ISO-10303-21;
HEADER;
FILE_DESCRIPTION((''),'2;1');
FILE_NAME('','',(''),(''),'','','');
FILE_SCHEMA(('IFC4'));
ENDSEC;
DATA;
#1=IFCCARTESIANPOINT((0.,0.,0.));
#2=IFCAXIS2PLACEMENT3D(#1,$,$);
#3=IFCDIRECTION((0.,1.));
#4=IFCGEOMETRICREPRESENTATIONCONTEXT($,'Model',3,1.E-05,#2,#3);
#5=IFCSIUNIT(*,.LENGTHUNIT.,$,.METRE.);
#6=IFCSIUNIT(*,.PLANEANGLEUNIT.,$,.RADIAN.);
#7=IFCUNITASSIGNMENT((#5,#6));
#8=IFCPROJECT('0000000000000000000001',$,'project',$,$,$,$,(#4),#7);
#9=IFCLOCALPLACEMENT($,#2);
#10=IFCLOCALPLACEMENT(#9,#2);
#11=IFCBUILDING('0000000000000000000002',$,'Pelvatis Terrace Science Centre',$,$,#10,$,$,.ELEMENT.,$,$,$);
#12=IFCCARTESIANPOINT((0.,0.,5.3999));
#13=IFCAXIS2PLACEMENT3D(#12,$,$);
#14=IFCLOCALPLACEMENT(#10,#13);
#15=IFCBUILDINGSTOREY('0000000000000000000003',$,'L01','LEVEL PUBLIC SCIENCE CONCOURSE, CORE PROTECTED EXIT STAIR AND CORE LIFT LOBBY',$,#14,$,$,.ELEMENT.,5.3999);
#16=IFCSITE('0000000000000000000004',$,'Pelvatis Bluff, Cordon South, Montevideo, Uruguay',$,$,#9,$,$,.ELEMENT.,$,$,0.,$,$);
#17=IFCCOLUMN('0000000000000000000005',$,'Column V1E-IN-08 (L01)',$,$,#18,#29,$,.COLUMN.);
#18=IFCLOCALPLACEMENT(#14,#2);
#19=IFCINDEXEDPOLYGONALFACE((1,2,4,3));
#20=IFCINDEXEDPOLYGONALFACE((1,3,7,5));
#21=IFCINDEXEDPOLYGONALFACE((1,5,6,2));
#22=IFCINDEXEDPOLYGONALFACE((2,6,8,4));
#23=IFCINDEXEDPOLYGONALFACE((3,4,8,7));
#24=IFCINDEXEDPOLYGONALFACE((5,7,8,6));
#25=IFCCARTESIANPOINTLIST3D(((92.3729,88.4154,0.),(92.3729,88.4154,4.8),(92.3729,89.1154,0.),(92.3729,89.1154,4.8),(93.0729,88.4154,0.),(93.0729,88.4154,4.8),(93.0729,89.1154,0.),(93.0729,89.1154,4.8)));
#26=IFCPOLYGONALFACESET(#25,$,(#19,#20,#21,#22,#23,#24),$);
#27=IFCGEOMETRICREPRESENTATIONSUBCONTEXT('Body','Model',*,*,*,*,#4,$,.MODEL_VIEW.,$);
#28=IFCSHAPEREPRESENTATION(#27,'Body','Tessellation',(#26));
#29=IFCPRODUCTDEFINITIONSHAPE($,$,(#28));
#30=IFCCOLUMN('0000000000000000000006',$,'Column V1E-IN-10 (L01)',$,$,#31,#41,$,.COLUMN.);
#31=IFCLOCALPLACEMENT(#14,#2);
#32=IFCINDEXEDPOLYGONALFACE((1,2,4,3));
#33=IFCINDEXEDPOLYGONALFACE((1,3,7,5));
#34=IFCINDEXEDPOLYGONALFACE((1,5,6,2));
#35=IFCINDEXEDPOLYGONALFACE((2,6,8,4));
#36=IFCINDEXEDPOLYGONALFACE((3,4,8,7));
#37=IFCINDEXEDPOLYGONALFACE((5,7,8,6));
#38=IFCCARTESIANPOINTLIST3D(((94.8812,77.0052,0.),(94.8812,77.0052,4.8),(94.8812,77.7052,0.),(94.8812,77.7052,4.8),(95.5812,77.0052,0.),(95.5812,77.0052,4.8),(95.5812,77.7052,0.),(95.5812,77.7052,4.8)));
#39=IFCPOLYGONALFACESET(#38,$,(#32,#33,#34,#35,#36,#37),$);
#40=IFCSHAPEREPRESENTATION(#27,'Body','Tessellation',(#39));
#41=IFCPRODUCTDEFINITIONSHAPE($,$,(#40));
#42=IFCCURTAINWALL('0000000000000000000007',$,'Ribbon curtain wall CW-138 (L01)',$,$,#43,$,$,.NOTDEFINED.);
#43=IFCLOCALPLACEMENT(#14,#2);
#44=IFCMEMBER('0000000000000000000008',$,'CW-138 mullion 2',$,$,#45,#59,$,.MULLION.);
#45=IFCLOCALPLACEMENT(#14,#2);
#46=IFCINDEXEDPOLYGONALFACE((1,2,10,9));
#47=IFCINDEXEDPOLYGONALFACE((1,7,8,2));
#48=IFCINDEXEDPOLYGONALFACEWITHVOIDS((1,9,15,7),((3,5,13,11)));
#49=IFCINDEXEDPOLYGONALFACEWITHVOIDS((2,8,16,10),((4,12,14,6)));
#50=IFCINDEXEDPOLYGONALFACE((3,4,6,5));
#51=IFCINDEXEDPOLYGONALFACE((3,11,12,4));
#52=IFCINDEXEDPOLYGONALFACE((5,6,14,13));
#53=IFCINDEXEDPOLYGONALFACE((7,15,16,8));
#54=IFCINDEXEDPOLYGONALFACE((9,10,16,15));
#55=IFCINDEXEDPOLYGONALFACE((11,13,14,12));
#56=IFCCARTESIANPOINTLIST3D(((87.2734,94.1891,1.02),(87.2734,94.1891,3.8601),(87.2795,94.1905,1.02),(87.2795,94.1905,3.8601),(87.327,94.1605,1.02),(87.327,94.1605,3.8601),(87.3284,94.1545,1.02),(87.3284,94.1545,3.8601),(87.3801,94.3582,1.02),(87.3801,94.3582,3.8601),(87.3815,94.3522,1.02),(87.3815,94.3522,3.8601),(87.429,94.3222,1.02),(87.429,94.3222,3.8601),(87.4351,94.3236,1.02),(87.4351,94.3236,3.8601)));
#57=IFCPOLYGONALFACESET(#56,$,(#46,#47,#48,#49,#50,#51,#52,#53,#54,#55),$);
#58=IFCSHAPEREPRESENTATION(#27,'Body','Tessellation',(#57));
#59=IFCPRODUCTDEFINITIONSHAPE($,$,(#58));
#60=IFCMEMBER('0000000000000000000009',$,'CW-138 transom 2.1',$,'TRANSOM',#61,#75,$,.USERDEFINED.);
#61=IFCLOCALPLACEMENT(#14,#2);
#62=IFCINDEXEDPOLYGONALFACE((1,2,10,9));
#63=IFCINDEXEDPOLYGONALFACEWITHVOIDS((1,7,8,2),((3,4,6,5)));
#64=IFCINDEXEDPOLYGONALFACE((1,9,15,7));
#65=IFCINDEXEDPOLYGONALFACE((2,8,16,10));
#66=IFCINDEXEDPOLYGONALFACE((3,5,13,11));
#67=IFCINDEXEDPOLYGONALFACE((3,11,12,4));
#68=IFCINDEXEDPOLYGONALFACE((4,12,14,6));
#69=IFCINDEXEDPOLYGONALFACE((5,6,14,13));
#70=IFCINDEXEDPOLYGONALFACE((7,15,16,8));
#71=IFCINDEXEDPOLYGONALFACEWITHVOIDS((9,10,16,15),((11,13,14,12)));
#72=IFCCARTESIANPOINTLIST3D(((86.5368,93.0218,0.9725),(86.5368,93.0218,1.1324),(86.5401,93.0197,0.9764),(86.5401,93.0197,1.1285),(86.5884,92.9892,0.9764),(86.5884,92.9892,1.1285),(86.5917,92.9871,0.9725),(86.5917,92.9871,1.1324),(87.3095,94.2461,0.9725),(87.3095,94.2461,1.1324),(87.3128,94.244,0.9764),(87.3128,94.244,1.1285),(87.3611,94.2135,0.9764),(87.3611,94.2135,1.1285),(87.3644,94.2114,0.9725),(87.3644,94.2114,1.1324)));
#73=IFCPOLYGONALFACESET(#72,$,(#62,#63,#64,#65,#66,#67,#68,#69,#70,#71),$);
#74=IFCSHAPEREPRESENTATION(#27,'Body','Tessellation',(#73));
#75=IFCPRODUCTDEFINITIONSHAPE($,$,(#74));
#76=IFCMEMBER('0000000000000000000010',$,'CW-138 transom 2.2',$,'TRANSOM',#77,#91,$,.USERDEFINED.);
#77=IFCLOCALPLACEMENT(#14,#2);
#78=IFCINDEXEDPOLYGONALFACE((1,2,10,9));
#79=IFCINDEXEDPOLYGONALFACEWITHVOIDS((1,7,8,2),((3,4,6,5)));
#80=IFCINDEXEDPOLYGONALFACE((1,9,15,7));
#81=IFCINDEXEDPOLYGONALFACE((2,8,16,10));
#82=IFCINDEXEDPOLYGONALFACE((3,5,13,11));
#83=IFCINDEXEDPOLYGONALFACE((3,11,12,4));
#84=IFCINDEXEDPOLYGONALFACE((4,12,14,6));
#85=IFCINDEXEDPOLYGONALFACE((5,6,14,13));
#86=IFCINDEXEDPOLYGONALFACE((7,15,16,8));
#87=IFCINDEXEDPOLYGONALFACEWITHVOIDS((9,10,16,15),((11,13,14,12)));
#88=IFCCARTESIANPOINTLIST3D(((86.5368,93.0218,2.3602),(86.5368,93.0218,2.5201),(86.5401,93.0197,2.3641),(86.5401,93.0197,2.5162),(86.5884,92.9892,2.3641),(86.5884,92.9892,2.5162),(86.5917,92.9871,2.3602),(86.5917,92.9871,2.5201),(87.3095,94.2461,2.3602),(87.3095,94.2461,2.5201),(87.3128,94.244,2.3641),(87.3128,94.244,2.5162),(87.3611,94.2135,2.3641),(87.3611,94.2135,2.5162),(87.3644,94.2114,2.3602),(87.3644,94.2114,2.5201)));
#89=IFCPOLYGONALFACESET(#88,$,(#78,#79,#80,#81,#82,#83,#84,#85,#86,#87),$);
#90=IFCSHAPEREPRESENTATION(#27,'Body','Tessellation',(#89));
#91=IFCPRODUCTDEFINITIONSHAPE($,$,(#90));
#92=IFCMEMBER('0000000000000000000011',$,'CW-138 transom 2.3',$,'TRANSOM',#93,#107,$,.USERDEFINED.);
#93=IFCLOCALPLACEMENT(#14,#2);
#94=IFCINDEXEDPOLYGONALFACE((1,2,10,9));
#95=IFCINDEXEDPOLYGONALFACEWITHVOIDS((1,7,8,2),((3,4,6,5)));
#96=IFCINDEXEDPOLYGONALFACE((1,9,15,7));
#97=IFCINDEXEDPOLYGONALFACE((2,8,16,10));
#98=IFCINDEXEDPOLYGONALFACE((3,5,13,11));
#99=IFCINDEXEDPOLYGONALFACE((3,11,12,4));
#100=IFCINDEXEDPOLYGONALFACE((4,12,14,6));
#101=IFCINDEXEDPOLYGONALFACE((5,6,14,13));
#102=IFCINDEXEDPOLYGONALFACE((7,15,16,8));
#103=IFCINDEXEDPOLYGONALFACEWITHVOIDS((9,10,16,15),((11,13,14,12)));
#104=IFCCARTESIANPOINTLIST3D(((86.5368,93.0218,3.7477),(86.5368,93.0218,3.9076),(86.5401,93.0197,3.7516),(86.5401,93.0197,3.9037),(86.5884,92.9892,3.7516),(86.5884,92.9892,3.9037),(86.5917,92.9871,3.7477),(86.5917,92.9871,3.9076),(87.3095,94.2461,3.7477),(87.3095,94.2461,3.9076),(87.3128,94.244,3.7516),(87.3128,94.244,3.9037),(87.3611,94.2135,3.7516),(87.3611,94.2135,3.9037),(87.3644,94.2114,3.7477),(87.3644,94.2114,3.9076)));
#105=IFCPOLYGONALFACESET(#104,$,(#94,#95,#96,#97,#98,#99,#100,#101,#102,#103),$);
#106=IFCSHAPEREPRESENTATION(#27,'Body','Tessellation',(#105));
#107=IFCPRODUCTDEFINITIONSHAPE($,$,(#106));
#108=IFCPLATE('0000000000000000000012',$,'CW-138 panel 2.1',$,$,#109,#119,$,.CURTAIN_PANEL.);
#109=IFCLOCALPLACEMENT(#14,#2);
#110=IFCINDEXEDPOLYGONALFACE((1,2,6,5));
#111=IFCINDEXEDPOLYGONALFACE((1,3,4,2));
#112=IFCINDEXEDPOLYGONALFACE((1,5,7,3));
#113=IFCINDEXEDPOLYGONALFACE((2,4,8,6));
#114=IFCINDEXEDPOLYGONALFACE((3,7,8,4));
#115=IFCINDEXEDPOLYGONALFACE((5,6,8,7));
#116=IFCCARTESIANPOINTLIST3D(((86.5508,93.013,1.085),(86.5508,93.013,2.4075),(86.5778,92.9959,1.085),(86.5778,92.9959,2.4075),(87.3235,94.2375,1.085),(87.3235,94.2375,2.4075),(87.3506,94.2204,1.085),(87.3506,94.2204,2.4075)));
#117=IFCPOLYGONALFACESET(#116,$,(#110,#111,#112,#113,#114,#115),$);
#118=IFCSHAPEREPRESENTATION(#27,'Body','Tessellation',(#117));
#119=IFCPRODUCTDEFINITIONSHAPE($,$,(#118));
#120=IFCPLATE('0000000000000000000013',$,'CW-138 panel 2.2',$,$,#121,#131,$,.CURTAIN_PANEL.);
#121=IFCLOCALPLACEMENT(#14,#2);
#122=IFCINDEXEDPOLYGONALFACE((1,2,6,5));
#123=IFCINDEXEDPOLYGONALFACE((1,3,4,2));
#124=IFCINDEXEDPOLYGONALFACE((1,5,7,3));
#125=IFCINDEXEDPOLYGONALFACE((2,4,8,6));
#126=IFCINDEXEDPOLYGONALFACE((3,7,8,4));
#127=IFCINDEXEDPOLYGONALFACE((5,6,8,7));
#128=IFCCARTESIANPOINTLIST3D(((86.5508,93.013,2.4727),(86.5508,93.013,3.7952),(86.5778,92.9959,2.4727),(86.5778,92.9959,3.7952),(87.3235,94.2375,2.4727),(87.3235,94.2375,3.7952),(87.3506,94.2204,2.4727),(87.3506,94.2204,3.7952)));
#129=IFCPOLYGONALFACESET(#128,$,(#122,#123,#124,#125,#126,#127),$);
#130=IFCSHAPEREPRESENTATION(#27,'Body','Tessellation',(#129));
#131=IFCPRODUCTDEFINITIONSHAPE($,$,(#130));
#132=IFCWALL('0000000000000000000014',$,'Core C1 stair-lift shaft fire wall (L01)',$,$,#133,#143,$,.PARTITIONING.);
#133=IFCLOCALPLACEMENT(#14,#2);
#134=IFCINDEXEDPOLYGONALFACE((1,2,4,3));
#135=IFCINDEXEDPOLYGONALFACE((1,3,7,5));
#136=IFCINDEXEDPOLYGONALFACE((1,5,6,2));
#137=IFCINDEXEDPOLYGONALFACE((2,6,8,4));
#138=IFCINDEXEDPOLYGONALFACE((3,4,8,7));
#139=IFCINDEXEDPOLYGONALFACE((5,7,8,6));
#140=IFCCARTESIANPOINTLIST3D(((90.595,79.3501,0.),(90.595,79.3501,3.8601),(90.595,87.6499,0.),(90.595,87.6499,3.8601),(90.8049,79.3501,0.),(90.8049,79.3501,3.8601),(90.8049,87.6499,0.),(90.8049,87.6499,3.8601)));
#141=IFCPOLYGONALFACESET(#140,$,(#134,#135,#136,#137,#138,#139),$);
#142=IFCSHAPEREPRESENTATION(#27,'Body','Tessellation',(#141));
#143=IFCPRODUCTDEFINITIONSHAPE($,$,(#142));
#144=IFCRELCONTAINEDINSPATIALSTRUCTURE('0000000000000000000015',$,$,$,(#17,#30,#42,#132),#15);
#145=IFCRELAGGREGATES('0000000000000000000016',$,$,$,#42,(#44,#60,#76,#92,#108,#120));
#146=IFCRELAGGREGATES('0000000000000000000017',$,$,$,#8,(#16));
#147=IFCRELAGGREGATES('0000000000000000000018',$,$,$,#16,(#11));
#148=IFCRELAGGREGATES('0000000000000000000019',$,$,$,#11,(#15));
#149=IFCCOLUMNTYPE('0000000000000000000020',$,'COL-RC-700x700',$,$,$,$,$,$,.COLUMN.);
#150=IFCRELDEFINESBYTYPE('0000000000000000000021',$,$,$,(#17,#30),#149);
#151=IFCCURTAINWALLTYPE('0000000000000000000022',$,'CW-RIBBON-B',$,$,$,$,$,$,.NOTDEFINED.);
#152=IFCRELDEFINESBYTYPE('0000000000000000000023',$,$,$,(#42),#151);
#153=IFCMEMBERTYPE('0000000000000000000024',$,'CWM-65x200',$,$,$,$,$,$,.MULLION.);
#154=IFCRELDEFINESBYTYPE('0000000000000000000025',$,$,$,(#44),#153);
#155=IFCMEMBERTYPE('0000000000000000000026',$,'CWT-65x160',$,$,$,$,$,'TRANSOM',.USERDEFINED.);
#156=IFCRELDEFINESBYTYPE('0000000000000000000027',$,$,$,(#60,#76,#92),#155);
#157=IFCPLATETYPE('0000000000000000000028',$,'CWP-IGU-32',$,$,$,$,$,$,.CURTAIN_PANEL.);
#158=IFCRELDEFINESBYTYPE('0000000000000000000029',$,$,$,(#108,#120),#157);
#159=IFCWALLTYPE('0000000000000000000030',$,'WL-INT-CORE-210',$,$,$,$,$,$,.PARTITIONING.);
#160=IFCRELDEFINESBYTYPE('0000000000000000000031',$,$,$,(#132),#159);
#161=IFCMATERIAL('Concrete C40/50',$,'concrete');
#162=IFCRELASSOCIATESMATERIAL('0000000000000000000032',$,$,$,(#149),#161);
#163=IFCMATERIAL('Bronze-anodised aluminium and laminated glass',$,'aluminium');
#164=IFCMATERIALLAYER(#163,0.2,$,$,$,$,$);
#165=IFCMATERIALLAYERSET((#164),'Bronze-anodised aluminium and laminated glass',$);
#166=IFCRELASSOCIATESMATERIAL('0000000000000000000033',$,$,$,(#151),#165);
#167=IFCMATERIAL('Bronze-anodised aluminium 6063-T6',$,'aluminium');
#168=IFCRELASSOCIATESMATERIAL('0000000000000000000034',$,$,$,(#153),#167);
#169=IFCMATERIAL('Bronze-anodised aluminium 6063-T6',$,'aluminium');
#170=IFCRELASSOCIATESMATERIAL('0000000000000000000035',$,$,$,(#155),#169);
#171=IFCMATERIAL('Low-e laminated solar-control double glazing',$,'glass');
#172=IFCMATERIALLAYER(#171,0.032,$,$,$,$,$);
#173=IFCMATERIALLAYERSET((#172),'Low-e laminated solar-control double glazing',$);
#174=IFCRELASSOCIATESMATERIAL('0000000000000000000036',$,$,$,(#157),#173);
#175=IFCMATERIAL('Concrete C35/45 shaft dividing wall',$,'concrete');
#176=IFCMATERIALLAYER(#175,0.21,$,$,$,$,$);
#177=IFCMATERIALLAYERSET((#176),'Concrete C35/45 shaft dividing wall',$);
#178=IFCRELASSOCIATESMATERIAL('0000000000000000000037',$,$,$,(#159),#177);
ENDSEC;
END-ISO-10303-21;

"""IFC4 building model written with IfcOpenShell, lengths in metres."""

from ifc_helpers import new_model, si_unit, direction, frame, frame_2d, origin, origin_2d, place, context, subcontext, project, spatial, rectangle, hollow_rectangle, extrude, material, layer, layer_set, material_profile, profile_set, type_object, element, aggregate, save


model = new_model("IFC4")

# Units and contexts
model_context = context("Model", 3, precision=1e-05, world=origin(), true_north=direction((0.0, 1.0)))
body_context = subcontext(model_context, "Body", "Model", "MODEL_VIEW")
ifc_project = project(units=[si_unit("LENGTHUNIT", "METRE"), si_unit("PLANEANGLEUNIT", "RADIAN")], contexts=[model_context])

# Site, building, storey
site_placement = place(None, origin())
site = spatial("IfcSite", under=ifc_project, at=site_placement, Name="Pelvatis Bluff, Cordon South, Montevideo, Uruguay", CompositionType="ELEMENT", RefElevation=0.0)
building_placement = place(site_placement, origin())
building = spatial("IfcBuilding", under=site, at=building_placement, Name="Pelvatis Terrace Science Centre", CompositionType="ELEMENT")
storey_placement = place(building_placement, frame((0.0, 0.0, 5.3999)))
storey = spatial("IfcBuildingStorey", under=building, at=storey_placement, Name="L01", Description="LEVEL PUBLIC SCIENCE CONCOURSE, CORE PROTECTED EXIT STAIR AND CORE LIFT LOBBY", CompositionType="ELEMENT", Elevation=5.3999)

# Columns
ifc_material_1 = material(Name="Concrete C40/50", Category="concrete")
ifc_material_profile_1 = material_profile(ifc_material_1, rectangle(XDim=0.7, YDim=0.7, at=origin_2d()), Name="RC-COL 700x700")
ifc_profile_set_1 = profile_set([ifc_material_profile_1], Name="Concrete C40/50")
column_type = type_object("IfcColumnType", Name="COL-RC-700x700", PredefinedType="COLUMN", material=ifc_profile_set_1)
for number, where, z_axis, x_axis, name in (
    (1, (92.7229, 88.7654, 0.0), (0.0, 0.0, 1.0), (1.0, 0.0, 0.0), "Column V1E-IN-08 (L01)"),
    (2, (95.2312, 77.3552, 0.0), (0.0, 0.0, 1.0), (1.0, 0.0, 0.0), "Column V1E-IN-10 (L01)"),
):
    element("IfcColumn", number, at=place(storey_placement, frame(where, z_axis=z_axis, x_axis=x_axis)), inside=storey, type_object=column_type, Name=name, PredefinedType="COLUMN", context=body_context, shape_type="SweptSolid", body=[
        extrude(rectangle(XDim=0.7, YDim=0.7, at=origin_2d()), origin(), (0.0, 0.0, 1.0), 4.8),
    ])

# Curtain wall, members, plates
ifc_material_2 = material(Name="Bronze-anodised aluminium and laminated glass", Category="aluminium")
ifc_layer_1 = layer(ifc_material_2, 0.2)
ifc_layer_set_1 = layer_set([ifc_layer_1], Name="Bronze-anodised aluminium and laminated glass")
curtain_wall_type = type_object("IfcCurtainWallType", Name="CW-RIBBON-B", PredefinedType="NOTDEFINED", material=ifc_layer_set_1)
curtain_wall_placement = place(storey_placement, origin())
curtain_wall = element("IfcCurtainWall", 3, at=curtain_wall_placement, inside=storey, type_object=curtain_wall_type, Name="Ribbon curtain wall CW-138 (L01)", PredefinedType="NOTDEFINED")
ifc_material_3 = material(Name="Bronze-anodised aluminium 6063-T6", Category="aluminium")
ifc_material_profile_2 = material_profile(ifc_material_3, hollow_rectangle(XDim=0.0649, YDim=0.2, WallThickness=0.0044, at=origin_2d()), Name="ALU-MUL 65x200")
ifc_profile_set_2 = profile_set([ifc_material_profile_2], Name="Bronze-anodised aluminium 6063-T6")
member_type_1 = type_object("IfcMemberType", Name="CWM-65x200", PredefinedType="MULLION", material=ifc_profile_set_2)
member_1_placement = place(storey_placement, frame((87.3542, 94.2563, 1.02), z_axis=(0.0, 0.0, 1.0), x_axis=(0.845683, -0.533685, 0.0)))
member_1 = element("IfcMember", 4, at=member_1_placement, type_object=member_type_1, Name="CW-138 mullion 2", PredefinedType="MULLION", context=body_context, shape_type="SweptSolid", body=[
    extrude(hollow_rectangle(XDim=0.0649, YDim=0.2, WallThickness=0.0044, at=origin_2d()), origin(), (0.0, 0.0, 1.0), 2.8401),
])
ifc_material_4 = material(Name="Bronze-anodised aluminium 6063-T6", Category="aluminium")
ifc_material_profile_3 = material_profile(ifc_material_4, hollow_rectangle(XDim=0.0649, YDim=0.1599, WallThickness=0.0039, at=origin_2d()), Name="ALU-TRN 65x160")
ifc_profile_set_3 = profile_set([ifc_material_profile_3], Name="Bronze-anodised aluminium 6063-T6")
member_type_2 = type_object("IfcMemberType", Name="CWT-65x160", ElementType="TRANSOM", PredefinedType="USERDEFINED", material=ifc_profile_set_3)
member_2_placement = place(storey_placement, frame((87.3369, 94.2288, 1.0525), z_axis=(-0.533707, -0.845669, 0.0), x_axis=(0.845669, -0.533707, 0.0)))
member_2 = element("IfcMember", 5, at=member_2_placement, type_object=member_type_2, Name="CW-138 transom 2.1", ObjectType="TRANSOM", PredefinedType="USERDEFINED", context=body_context, shape_type="SweptSolid", body=[
    extrude(hollow_rectangle(XDim=0.0649, YDim=0.1599, WallThickness=0.0039, at=origin_2d()), origin(), (0.0, 0.0, 1.0), 1.4478),
])
member_3_placement = place(storey_placement, frame((87.3369, 94.2288, 2.4402), z_axis=(-0.533707, -0.845669, 0.0), x_axis=(0.845669, -0.533707, 0.0)))
member_3 = element("IfcMember", 6, at=member_3_placement, type_object=member_type_2, Name="CW-138 transom 2.2", ObjectType="TRANSOM", PredefinedType="USERDEFINED", context=body_context, shape_type="SweptSolid", body=[
    extrude(hollow_rectangle(XDim=0.0649, YDim=0.1599, WallThickness=0.0039, at=origin_2d()), origin(), (0.0, 0.0, 1.0), 1.4478),
])
member_4_placement = place(storey_placement, frame((87.3369, 94.2288, 3.8276), z_axis=(-0.533707, -0.845669, 0.0), x_axis=(0.845669, -0.533707, 0.0)))
member_4 = element("IfcMember", 7, at=member_4_placement, type_object=member_type_2, Name="CW-138 transom 2.3", ObjectType="TRANSOM", PredefinedType="USERDEFINED", context=body_context, shape_type="SweptSolid", body=[
    extrude(hollow_rectangle(XDim=0.0649, YDim=0.1599, WallThickness=0.0039, at=origin_2d()), origin(), (0.0, 0.0, 1.0), 1.4478),
])
ifc_material_5 = material(Name="Low-e laminated solar-control double glazing", Category="glass")
ifc_layer_2 = layer(ifc_material_5, 0.032)
ifc_layer_set_2 = layer_set([ifc_layer_2], Name="Low-e laminated solar-control double glazing")
plate_type = type_object("IfcPlateType", Name="CWP-IGU-32", PredefinedType="CURTAIN_PANEL", material=ifc_layer_set_2)
plate_1_placement = place(storey_placement, frame((86.9507, 93.6167, 1.085), z_axis=(0.0, 0.0, 1.0), x_axis=(-0.533685, -0.845683, 0.0)))
plate_1 = element("IfcPlate", 8, at=plate_1_placement, type_object=plate_type, Name="CW-138 panel 2.1", PredefinedType="CURTAIN_PANEL", context=body_context, shape_type="SweptSolid", body=[
    extrude(rectangle(XDim=1.448, YDim=0.032, at=origin_2d()), origin(), (0.0, 0.0, 1.0), 1.3225),
])
plate_2_placement = place(storey_placement, frame((86.9507, 93.6167, 2.4727), z_axis=(0.0, 0.0, 1.0), x_axis=(-0.533685, -0.845683, 0.0)))
plate_2 = element("IfcPlate", 9, at=plate_2_placement, type_object=plate_type, Name="CW-138 panel 2.2", PredefinedType="CURTAIN_PANEL", context=body_context, shape_type="SweptSolid", body=[
    extrude(rectangle(XDim=1.448, YDim=0.032, at=origin_2d()), origin(), (0.0, 0.0, 1.0), 1.3225),
])
aggregate(curtain_wall, [member_1, member_2, member_3, member_4, plate_1, plate_2])

# Wall
ifc_material_6 = material(Name="Concrete C35/45 shaft dividing wall", Category="concrete")
ifc_layer_3 = layer(ifc_material_6, 0.21)
ifc_layer_set_3 = layer_set([ifc_layer_3], Name="Concrete C35/45 shaft dividing wall")
wall_type_1 = type_object("IfcWallType", Name="WL-INT-CORE-210", PredefinedType="PARTITIONING", material=ifc_layer_set_3)
wall_1_placement = place(storey_placement, frame((90.7, 79.3501, 0.0), z_axis=(0.0, 0.0, 1.0), x_axis=(0.0, 1.0, 0.0)))
element("IfcWall", 10, at=wall_1_placement, inside=storey, type_object=wall_type_1, Name="Core C1 stair-lift shaft fire wall (L01)", PredefinedType="PARTITIONING", context=body_context, shape_type="SweptSolid", body=[
    extrude(rectangle(XDim=8.2998, YDim=0.21, at=frame_2d((4.1499, 0.0))), origin(), (0.0, 0.0, 1.0), 3.8601),
])

save(model, "model.ifc")
